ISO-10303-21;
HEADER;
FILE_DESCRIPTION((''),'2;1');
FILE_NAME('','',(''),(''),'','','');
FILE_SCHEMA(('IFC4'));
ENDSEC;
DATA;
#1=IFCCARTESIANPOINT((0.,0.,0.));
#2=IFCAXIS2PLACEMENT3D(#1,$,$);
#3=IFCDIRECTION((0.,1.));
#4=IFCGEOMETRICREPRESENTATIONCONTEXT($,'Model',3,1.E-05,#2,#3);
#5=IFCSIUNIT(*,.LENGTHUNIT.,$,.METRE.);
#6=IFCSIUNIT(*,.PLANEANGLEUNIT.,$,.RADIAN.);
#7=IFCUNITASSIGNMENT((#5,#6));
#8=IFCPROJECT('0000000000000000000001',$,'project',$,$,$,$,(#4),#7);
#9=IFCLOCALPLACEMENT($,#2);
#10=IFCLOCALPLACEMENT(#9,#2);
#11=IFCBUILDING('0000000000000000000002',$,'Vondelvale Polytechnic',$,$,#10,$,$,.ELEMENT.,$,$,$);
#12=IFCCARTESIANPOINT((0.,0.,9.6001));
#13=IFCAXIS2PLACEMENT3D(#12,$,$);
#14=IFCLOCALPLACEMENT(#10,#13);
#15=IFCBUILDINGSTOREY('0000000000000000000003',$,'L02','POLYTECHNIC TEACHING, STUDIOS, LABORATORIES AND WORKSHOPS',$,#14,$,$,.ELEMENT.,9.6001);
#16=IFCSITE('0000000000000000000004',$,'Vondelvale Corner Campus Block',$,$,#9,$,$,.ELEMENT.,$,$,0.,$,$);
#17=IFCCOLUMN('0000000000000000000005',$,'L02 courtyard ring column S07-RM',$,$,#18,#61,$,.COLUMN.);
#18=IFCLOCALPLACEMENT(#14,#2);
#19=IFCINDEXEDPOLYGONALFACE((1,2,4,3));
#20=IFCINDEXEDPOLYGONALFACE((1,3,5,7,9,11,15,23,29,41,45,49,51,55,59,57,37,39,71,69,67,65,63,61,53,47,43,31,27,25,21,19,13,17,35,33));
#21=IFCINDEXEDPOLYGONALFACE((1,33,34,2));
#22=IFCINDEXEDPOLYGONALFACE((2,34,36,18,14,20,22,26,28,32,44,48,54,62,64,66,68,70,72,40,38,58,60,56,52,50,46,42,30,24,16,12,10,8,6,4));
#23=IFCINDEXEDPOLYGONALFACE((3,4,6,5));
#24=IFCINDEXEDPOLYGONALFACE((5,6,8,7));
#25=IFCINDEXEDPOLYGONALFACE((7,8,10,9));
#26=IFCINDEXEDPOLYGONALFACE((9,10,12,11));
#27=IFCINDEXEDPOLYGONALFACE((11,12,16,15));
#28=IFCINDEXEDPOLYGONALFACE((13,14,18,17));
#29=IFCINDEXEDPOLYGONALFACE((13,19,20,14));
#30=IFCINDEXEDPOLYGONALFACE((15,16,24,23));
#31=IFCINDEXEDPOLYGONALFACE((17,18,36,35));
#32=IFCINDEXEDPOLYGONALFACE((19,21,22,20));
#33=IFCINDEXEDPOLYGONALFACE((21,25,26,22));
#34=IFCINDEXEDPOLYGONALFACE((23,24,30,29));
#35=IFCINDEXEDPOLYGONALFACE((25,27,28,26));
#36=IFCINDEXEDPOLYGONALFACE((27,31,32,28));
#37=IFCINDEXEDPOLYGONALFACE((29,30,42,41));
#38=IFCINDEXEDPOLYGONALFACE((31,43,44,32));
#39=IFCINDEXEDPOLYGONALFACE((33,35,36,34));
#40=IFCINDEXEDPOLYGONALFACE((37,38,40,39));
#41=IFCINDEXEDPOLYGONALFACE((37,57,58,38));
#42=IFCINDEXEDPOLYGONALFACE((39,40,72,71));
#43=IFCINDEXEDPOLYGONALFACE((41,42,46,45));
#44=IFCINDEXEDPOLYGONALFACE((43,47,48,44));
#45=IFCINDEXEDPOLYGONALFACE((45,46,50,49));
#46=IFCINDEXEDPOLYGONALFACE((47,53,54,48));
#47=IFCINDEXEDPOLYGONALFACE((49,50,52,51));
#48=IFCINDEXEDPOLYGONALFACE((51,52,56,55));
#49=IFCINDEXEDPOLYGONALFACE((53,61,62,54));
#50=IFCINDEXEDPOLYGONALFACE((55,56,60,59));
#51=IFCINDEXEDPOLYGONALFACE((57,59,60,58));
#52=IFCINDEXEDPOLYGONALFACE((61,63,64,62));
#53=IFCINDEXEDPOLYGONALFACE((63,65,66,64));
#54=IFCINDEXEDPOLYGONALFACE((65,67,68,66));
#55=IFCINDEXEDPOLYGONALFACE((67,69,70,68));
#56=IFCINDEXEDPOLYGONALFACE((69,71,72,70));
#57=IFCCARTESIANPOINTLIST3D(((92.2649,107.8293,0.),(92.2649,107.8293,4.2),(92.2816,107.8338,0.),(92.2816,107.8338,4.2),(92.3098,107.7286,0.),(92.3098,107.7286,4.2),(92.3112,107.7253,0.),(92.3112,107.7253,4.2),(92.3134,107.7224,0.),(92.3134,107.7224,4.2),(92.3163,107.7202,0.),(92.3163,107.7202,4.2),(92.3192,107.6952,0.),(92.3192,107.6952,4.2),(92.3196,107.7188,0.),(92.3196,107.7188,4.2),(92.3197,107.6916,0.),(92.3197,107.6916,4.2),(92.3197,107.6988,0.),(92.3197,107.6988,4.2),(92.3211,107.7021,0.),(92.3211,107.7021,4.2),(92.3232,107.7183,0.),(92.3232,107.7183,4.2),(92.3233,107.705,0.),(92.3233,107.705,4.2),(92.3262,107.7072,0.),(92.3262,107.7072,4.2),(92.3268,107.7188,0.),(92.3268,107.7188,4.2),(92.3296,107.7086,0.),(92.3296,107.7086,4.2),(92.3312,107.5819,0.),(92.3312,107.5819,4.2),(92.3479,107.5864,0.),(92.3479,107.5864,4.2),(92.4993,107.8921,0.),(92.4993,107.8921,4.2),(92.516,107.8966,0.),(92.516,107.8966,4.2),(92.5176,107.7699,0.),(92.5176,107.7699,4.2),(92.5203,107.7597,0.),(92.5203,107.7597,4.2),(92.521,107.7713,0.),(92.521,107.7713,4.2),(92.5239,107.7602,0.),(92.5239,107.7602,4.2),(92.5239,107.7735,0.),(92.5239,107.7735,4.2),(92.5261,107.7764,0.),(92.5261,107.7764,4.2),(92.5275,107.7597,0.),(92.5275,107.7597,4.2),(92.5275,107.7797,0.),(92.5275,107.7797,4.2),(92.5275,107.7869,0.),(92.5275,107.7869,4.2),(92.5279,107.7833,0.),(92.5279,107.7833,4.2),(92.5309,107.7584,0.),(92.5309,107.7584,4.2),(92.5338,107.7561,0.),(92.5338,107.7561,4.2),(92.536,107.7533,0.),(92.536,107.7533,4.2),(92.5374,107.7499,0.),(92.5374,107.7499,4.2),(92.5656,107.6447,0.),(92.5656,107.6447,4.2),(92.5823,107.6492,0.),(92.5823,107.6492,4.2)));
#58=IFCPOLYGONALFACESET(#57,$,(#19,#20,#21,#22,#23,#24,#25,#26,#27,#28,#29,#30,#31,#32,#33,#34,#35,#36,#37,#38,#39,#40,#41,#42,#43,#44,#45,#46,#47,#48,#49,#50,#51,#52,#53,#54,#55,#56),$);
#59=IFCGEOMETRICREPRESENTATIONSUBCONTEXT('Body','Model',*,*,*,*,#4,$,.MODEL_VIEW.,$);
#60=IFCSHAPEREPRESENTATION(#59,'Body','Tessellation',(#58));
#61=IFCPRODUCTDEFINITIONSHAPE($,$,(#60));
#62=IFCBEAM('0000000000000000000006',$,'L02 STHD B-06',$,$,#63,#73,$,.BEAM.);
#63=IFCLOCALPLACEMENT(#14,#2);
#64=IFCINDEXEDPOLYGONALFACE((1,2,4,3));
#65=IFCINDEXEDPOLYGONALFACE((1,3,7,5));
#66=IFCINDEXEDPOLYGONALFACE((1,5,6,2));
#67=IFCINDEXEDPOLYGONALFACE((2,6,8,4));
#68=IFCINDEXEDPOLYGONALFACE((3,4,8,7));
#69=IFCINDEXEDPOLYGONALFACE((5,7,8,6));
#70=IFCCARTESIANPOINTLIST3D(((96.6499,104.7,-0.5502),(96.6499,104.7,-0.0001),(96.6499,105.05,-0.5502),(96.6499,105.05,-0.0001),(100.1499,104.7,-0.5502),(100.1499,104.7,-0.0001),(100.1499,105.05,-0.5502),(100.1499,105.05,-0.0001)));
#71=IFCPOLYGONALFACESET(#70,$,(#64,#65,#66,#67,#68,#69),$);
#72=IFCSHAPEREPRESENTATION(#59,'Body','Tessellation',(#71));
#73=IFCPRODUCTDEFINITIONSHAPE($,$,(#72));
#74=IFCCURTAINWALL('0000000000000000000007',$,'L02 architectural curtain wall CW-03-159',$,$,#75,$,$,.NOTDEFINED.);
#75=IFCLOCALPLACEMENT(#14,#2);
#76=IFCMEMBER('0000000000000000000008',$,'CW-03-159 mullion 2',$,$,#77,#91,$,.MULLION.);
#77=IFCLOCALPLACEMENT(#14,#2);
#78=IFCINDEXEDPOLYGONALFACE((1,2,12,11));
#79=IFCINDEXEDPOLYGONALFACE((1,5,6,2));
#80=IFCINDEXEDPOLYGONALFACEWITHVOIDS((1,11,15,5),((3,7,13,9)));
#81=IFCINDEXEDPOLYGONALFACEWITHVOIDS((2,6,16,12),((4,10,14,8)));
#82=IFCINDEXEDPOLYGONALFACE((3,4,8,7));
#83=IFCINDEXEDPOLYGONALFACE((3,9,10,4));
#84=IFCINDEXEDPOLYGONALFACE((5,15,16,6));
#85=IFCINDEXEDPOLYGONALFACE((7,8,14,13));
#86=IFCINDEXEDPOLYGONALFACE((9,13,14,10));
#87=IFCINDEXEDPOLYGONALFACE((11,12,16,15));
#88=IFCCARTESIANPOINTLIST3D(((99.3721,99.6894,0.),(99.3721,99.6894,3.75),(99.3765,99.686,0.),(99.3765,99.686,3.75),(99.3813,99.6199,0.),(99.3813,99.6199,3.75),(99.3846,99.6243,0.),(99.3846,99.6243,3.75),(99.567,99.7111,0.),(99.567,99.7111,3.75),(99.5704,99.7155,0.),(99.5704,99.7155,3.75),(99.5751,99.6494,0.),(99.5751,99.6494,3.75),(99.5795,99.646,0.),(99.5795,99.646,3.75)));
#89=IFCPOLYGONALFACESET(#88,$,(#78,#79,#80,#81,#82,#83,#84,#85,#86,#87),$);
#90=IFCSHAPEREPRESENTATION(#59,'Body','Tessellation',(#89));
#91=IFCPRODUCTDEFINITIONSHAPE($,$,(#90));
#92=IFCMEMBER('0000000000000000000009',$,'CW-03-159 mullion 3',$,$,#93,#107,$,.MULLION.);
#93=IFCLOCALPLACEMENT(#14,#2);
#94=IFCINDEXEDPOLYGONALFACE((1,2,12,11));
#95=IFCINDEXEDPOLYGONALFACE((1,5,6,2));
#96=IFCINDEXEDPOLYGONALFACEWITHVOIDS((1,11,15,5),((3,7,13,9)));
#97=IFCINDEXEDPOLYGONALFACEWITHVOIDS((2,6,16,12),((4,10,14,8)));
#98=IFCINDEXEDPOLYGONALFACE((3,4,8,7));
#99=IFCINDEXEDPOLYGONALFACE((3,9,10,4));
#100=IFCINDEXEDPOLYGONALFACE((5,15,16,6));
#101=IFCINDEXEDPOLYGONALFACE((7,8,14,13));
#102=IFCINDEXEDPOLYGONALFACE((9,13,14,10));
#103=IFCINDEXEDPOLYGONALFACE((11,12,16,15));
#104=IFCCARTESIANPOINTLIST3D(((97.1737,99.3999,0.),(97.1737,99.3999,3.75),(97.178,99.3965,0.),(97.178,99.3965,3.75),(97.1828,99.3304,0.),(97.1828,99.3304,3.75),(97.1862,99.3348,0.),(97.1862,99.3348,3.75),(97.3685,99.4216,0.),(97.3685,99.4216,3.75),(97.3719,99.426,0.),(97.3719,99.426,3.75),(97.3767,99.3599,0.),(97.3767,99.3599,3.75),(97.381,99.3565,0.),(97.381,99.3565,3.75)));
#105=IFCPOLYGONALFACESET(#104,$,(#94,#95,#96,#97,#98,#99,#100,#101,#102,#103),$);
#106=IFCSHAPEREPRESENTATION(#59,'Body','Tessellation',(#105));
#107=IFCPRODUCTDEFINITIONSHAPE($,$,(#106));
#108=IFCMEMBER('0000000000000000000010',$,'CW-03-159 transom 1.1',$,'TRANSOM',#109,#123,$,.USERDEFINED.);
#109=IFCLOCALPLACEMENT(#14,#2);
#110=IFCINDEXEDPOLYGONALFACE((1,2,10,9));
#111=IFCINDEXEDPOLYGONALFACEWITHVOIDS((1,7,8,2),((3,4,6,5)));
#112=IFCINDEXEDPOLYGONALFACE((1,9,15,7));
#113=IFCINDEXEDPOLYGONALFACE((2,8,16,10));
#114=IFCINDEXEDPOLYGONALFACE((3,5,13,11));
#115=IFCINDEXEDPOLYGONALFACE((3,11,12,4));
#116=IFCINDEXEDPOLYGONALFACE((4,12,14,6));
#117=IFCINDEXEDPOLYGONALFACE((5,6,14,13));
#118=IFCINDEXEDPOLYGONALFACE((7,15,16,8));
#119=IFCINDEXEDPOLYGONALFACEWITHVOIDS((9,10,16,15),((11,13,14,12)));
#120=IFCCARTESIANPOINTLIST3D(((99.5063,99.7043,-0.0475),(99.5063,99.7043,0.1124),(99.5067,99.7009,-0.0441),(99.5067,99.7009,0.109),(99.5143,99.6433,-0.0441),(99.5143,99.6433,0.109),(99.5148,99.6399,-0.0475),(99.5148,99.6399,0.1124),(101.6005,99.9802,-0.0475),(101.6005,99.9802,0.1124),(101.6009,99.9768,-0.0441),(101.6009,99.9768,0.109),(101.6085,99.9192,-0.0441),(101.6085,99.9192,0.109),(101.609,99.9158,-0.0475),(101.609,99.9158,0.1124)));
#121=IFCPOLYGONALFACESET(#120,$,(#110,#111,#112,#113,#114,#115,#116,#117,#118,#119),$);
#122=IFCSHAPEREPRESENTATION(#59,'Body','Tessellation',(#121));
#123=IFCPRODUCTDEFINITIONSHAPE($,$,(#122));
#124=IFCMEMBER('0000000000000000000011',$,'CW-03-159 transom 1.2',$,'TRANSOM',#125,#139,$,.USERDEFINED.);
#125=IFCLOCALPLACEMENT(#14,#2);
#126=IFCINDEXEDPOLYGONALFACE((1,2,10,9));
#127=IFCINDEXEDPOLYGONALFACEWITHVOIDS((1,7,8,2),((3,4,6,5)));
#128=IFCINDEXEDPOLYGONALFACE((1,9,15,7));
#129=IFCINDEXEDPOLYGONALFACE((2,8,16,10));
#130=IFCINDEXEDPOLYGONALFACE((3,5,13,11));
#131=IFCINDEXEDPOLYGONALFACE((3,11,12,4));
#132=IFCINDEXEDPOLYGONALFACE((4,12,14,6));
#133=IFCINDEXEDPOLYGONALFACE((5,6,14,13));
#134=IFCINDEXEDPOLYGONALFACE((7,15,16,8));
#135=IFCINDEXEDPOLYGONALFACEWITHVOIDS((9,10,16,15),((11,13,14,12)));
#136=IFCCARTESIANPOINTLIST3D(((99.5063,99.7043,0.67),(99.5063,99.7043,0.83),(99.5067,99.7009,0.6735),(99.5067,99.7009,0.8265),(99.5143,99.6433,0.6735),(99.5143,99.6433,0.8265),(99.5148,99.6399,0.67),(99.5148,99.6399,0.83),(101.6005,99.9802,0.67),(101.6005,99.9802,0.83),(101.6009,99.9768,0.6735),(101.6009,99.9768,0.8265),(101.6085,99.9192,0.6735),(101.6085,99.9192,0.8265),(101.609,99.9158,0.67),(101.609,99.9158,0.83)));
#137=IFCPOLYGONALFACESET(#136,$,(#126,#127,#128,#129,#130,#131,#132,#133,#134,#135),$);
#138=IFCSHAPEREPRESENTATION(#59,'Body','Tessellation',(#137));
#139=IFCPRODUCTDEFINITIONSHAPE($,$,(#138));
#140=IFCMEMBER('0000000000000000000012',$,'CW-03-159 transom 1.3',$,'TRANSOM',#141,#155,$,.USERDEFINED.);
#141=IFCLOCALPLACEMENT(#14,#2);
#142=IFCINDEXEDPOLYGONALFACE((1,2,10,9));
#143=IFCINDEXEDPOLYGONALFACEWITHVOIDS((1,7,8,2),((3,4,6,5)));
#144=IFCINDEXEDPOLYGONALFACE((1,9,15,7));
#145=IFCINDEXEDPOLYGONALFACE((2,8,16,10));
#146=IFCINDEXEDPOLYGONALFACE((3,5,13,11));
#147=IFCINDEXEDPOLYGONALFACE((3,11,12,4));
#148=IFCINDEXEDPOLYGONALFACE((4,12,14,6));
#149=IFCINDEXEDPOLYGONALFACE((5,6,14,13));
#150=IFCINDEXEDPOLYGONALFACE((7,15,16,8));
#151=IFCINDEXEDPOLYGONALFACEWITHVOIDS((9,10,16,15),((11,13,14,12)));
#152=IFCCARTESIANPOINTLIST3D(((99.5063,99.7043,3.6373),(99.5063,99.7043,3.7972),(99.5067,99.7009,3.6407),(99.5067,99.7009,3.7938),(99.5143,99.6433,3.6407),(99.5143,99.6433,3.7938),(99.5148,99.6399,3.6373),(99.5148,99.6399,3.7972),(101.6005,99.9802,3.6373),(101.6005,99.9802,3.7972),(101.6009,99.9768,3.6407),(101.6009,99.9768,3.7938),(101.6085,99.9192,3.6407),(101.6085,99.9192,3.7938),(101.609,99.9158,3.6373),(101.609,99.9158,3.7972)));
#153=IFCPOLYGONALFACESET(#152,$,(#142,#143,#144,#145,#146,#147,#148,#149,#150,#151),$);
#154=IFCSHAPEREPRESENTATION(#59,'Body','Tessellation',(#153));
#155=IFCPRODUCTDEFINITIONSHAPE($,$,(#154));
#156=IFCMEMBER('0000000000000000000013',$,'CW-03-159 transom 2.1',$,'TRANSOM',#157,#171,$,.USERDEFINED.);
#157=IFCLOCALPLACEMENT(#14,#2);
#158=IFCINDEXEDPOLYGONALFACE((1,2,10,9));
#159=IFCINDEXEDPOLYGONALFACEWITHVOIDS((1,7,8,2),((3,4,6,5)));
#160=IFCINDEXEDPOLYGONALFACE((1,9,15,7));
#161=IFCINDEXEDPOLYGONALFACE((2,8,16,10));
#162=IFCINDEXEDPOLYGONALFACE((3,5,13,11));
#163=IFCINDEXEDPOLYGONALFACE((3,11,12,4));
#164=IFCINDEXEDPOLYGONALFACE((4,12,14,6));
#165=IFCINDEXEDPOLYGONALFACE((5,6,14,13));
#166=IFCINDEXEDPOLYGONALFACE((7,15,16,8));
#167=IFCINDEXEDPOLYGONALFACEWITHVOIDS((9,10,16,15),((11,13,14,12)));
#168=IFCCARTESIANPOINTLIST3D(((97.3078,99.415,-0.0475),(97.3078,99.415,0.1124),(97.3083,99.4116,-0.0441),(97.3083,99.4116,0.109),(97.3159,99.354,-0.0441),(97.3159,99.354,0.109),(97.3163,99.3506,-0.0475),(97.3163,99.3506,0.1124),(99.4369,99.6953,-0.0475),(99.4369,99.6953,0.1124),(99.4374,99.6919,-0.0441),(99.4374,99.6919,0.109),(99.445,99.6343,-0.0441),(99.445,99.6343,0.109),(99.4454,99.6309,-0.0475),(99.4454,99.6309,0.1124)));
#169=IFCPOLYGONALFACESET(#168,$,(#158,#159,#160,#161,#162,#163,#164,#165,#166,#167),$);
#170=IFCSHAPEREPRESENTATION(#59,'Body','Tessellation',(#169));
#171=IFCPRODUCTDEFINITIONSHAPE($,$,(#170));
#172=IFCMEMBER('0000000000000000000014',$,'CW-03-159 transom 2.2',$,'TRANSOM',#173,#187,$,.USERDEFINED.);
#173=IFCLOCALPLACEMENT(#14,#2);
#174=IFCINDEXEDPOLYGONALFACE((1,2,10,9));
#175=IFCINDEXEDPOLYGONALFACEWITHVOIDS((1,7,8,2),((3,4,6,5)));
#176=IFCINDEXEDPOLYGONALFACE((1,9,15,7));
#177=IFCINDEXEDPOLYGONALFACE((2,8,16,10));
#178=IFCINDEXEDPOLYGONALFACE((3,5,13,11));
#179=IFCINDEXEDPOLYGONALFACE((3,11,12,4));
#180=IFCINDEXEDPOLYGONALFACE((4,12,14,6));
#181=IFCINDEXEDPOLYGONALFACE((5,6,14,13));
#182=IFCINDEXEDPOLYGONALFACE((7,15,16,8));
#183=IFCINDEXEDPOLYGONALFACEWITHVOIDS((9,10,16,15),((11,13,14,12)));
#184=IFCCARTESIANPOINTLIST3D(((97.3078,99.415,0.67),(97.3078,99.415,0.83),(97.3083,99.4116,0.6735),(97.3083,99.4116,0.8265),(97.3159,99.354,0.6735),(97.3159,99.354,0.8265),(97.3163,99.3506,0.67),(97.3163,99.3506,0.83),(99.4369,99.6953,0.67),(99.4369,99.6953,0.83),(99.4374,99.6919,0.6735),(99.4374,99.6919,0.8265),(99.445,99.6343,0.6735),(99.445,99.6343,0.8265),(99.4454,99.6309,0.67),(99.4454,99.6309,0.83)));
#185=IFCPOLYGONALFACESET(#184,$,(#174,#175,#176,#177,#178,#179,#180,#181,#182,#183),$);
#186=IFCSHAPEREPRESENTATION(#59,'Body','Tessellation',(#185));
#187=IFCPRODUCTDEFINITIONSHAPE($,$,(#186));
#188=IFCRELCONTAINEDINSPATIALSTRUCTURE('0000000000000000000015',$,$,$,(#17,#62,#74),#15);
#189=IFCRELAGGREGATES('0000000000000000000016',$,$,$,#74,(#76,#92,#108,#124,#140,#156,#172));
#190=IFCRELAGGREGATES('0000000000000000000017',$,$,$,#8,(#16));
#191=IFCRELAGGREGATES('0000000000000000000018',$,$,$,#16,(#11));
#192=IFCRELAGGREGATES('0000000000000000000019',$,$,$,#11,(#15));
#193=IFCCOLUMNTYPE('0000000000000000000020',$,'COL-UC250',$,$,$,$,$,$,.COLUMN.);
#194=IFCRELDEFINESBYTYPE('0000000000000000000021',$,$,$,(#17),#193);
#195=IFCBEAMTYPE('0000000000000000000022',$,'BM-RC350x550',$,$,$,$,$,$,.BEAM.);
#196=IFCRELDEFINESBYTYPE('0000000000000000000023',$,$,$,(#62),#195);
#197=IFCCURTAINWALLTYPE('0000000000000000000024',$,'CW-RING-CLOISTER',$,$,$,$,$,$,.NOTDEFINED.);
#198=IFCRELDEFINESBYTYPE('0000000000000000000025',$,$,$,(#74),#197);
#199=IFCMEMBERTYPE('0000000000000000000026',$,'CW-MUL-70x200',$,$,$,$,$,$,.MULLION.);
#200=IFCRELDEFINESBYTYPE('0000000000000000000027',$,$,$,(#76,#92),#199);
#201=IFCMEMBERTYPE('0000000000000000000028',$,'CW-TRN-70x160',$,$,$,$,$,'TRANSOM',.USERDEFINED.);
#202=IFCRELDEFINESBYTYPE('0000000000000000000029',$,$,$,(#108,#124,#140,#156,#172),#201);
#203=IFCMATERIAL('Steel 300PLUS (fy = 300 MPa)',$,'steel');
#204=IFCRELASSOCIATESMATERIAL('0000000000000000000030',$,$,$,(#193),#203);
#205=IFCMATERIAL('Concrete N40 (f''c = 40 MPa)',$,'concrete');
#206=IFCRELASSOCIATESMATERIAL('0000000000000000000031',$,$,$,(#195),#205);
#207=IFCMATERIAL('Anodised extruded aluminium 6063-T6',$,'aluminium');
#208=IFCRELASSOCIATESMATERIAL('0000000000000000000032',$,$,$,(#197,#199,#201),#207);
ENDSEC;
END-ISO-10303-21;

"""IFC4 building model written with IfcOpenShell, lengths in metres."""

from ifc_helpers import new_model, si_unit, direction, frame, origin, origin_2d, place, context, subcontext, project, spatial, rectangle, hollow_rectangle, i_section, extrude, material, material_profile, profile_set, type_object, element, aggregate, save


model = new_model("IFC4")

# Units and contexts
model_context = context("Model", 3, precision=1e-05, world=origin(), true_north=direction((0.0, 1.0)))
body_context = subcontext(model_context, "Body", "Model", "MODEL_VIEW")
ifc_project = project(units=[si_unit("LENGTHUNIT", "METRE"), si_unit("PLANEANGLEUNIT", "RADIAN")], contexts=[model_context])

# Site, building, storey
site_placement = place(None, origin())
site = spatial("IfcSite", under=ifc_project, at=site_placement, Name="Vondelvale Corner Campus Block", CompositionType="ELEMENT", RefElevation=0.0)
building_placement = place(site_placement, origin())
building = spatial("IfcBuilding", under=site, at=building_placement, Name="Vondelvale Polytechnic", CompositionType="ELEMENT")
storey_placement = place(building_placement, frame((0.0, 0.0, 9.6001)))
storey = spatial("IfcBuildingStorey", under=building, at=storey_placement, Name="L02", Description="POLYTECHNIC TEACHING, STUDIOS, LABORATORIES AND WORKSHOPS", CompositionType="ELEMENT", Elevation=9.6001)

# Column
ifc_material_1 = material(Name="Steel 300PLUS (fy = 300 MPa)", Category="steel")
ifc_material_profile_1 = material_profile(ifc_material_1, i_section(OverallWidth=0.2561, OverallDepth=0.26, WebThickness=0.0105, FlangeThickness=0.0173, FilletRadius=0.0139, at=origin_2d()), Name="250UC89.5")
ifc_profile_set_1 = profile_set([ifc_material_profile_1], Name="Steel 300PLUS (fy = 300 MPa)")
column_type = type_object("IfcColumnType", Name="COL-UC250", PredefinedType="COLUMN", material=ifc_profile_set_1)
column_placement = place(storey_placement, frame((92.4236, 107.7393, 0.0), z_axis=(0.0, 0.0, 1.0), x_axis=(-0.258819, 0.965926, 0.0)))
element("IfcColumn", 1, at=column_placement, inside=storey, type_object=column_type, Name="L02 courtyard ring column S07-RM", PredefinedType="COLUMN", context=body_context, shape_type="SweptSolid", body=[
    extrude(i_section(OverallWidth=0.2561, OverallDepth=0.26, WebThickness=0.0105, FlangeThickness=0.0173, FilletRadius=0.0139, at=origin_2d()), origin(), (0.0, 0.0, 1.0), 4.2),
])

# Beam
ifc_material_2 = material(Name="Concrete N40 (f'c = 40 MPa)", Category="concrete")
ifc_material_profile_2 = material_profile(ifc_material_2, rectangle(XDim=0.3501, YDim=0.55, at=origin_2d()), Name="RC-BM-350x550")
ifc_profile_set_2 = profile_set([ifc_material_profile_2], Name="Concrete N40 (f'c = 40 MPa)")
beam_type_1 = type_object("IfcBeamType", Name="BM-RC350x550", PredefinedType="BEAM", material=ifc_profile_set_2)
beam_1_placement = place(storey_placement, frame((100.1499, 104.875, -0.2751), z_axis=(-1.0, 0.0, 0.0), x_axis=(0.0, -1.0, 0.0)))
element("IfcBeam", 2, at=beam_1_placement, inside=storey, type_object=beam_type_1, Name="L02 STHD B-06", PredefinedType="BEAM", context=body_context, shape_type="SweptSolid", body=[
    extrude(rectangle(XDim=0.3501, YDim=0.55, at=origin_2d()), origin(), (0.0, 0.0, 1.0), 3.5),
])

# Curtain wall, members
ifc_material_3 = material(Name="Anodised extruded aluminium 6063-T6", Category="aluminium")
curtain_wall_type = type_object("IfcCurtainWallType", Name="CW-RING-CLOISTER", PredefinedType="NOTDEFINED", material=ifc_material_3)
curtain_wall_placement = place(storey_placement, origin())
curtain_wall = element("IfcCurtainWall", 3, at=curtain_wall_placement, inside=storey, type_object=curtain_wall_type, Name="L02 architectural curtain wall CW-03-159", PredefinedType="NOTDEFINED")
ifc_material_profile_3 = material_profile(ifc_material_3, hollow_rectangle(XDim=0.0701, YDim=0.2, WallThickness=0.0039, at=origin_2d()), Name="CW-MUL-200x70")
ifc_profile_set_3 = profile_set([ifc_material_profile_3], Name="Anodised extruded aluminium 6063-T6")
member_type_1 = type_object("IfcMemberType", Name="CW-MUL-70x200", PredefinedType="MULLION", material=ifc_profile_set_3)
member_1_placement = place(storey_placement, frame((99.4758, 99.6677, 0.0), z_axis=(0.0, 0.0, 1.0), x_axis=(0.130528, -0.991445, 0.0)))
member_1 = element("IfcMember", 4, at=member_1_placement, type_object=member_type_1, Name="CW-03-159 mullion 2", PredefinedType="MULLION", context=body_context, shape_type="SweptSolid", body=[
    extrude(hollow_rectangle(XDim=0.0701, YDim=0.2, WallThickness=0.0039, at=origin_2d()), origin(), (0.0, 0.0, 1.0), 3.75),
])
member_2_placement = place(storey_placement, frame((97.2773, 99.3782, 0.0), z_axis=(0.0, 0.0, 1.0), x_axis=(0.130528, -0.991445, 0.0)))
member_2 = element("IfcMember", 5, at=member_2_placement, type_object=member_type_1, Name="CW-03-159 mullion 3", PredefinedType="MULLION", context=body_context, shape_type="SweptSolid", body=[
    extrude(hollow_rectangle(XDim=0.0701, YDim=0.2, WallThickness=0.0039, at=origin_2d()), origin(), (0.0, 0.0, 1.0), 3.75),
])
ifc_material_profile_4 = material_profile(ifc_material_3, hollow_rectangle(XDim=0.0649, YDim=0.1599, WallThickness=0.0034, at=origin_2d()), Name="CW-TRN-160x65")
ifc_profile_set_4 = profile_set([ifc_material_profile_4], Name="Anodised extruded aluminium 6063-T6")
member_type_2 = type_object("IfcMemberType", Name="CW-TRN-70x160", ElementType="TRANSOM", PredefinedType="USERDEFINED", material=ifc_profile_set_4)
member_3_placement = place(storey_placement, frame((101.6047, 99.948, 0.0325), z_axis=(-0.991435, -0.130604, 0.0), x_axis=(0.130604, -0.991435, 0.0)))
member_3 = element("IfcMember", 6, at=member_3_placement, type_object=member_type_2, Name="CW-03-159 transom 1.1", ObjectType="TRANSOM", PredefinedType="USERDEFINED", context=body_context, shape_type="SweptSolid", body=[
    extrude(hollow_rectangle(XDim=0.0649, YDim=0.1599, WallThickness=0.0034, at=origin_2d()), origin(), (0.0, 0.0, 1.0), 2.1123),
])
member_4_placement = place(storey_placement, frame((101.6047, 99.948, 0.75), z_axis=(-0.991435, -0.130604, 0.0), x_axis=(0.130604, -0.991435, 0.0)))
member_4 = element("IfcMember", 7, at=member_4_placement, type_object=member_type_2, Name="CW-03-159 transom 1.2", ObjectType="TRANSOM", PredefinedType="USERDEFINED", context=body_context, shape_type="SweptSolid", body=[
    extrude(hollow_rectangle(XDim=0.0649, YDim=0.1599, WallThickness=0.0034, at=origin_2d()), origin(), (0.0, 0.0, 1.0), 2.1123),
])
member_5_placement = place(storey_placement, frame((101.6047, 99.948, 3.7173), z_axis=(-0.991435, -0.130604, 0.0), x_axis=(0.130604, -0.991435, 0.0)))
member_5 = element("IfcMember", 8, at=member_5_placement, type_object=member_type_2, Name="CW-03-159 transom 1.3", ObjectType="TRANSOM", PredefinedType="USERDEFINED", context=body_context, shape_type="SweptSolid", body=[
    extrude(hollow_rectangle(XDim=0.0649, YDim=0.1599, WallThickness=0.0034, at=origin_2d()), origin(), (0.0, 0.0, 1.0), 2.1123),
])
member_6_placement = place(storey_placement, frame((99.4412, 99.6631, 0.0325), z_axis=(-0.991447, -0.13051, 0.0), x_axis=(0.13051, -0.991447, 0.0)))
member_6 = element("IfcMember", 9, at=member_6_placement, type_object=member_type_2, Name="CW-03-159 transom 2.1", ObjectType="TRANSOM", PredefinedType="USERDEFINED", context=body_context, shape_type="SweptSolid", body=[
    extrude(hollow_rectangle(XDim=0.0649, YDim=0.1599, WallThickness=0.0034, at=origin_2d()), origin(), (0.0, 0.0, 1.0), 2.1475),
])
member_7_placement = place(storey_placement, frame((99.4412, 99.6631, 0.75), z_axis=(-0.991447, -0.13051, 0.0), x_axis=(0.13051, -0.991447, 0.0)))
member_7 = element("IfcMember", 10, at=member_7_placement, type_object=member_type_2, Name="CW-03-159 transom 2.2", ObjectType="TRANSOM", PredefinedType="USERDEFINED", context=body_context, shape_type="SweptSolid", body=[
    extrude(hollow_rectangle(XDim=0.0649, YDim=0.1599, WallThickness=0.0034, at=origin_2d()), origin(), (0.0, 0.0, 1.0), 2.1475),
])

aggregate(curtain_wall, [member_1, member_2, member_3, member_4, member_5, member_6, member_7])

save(model, "model.ifc")
